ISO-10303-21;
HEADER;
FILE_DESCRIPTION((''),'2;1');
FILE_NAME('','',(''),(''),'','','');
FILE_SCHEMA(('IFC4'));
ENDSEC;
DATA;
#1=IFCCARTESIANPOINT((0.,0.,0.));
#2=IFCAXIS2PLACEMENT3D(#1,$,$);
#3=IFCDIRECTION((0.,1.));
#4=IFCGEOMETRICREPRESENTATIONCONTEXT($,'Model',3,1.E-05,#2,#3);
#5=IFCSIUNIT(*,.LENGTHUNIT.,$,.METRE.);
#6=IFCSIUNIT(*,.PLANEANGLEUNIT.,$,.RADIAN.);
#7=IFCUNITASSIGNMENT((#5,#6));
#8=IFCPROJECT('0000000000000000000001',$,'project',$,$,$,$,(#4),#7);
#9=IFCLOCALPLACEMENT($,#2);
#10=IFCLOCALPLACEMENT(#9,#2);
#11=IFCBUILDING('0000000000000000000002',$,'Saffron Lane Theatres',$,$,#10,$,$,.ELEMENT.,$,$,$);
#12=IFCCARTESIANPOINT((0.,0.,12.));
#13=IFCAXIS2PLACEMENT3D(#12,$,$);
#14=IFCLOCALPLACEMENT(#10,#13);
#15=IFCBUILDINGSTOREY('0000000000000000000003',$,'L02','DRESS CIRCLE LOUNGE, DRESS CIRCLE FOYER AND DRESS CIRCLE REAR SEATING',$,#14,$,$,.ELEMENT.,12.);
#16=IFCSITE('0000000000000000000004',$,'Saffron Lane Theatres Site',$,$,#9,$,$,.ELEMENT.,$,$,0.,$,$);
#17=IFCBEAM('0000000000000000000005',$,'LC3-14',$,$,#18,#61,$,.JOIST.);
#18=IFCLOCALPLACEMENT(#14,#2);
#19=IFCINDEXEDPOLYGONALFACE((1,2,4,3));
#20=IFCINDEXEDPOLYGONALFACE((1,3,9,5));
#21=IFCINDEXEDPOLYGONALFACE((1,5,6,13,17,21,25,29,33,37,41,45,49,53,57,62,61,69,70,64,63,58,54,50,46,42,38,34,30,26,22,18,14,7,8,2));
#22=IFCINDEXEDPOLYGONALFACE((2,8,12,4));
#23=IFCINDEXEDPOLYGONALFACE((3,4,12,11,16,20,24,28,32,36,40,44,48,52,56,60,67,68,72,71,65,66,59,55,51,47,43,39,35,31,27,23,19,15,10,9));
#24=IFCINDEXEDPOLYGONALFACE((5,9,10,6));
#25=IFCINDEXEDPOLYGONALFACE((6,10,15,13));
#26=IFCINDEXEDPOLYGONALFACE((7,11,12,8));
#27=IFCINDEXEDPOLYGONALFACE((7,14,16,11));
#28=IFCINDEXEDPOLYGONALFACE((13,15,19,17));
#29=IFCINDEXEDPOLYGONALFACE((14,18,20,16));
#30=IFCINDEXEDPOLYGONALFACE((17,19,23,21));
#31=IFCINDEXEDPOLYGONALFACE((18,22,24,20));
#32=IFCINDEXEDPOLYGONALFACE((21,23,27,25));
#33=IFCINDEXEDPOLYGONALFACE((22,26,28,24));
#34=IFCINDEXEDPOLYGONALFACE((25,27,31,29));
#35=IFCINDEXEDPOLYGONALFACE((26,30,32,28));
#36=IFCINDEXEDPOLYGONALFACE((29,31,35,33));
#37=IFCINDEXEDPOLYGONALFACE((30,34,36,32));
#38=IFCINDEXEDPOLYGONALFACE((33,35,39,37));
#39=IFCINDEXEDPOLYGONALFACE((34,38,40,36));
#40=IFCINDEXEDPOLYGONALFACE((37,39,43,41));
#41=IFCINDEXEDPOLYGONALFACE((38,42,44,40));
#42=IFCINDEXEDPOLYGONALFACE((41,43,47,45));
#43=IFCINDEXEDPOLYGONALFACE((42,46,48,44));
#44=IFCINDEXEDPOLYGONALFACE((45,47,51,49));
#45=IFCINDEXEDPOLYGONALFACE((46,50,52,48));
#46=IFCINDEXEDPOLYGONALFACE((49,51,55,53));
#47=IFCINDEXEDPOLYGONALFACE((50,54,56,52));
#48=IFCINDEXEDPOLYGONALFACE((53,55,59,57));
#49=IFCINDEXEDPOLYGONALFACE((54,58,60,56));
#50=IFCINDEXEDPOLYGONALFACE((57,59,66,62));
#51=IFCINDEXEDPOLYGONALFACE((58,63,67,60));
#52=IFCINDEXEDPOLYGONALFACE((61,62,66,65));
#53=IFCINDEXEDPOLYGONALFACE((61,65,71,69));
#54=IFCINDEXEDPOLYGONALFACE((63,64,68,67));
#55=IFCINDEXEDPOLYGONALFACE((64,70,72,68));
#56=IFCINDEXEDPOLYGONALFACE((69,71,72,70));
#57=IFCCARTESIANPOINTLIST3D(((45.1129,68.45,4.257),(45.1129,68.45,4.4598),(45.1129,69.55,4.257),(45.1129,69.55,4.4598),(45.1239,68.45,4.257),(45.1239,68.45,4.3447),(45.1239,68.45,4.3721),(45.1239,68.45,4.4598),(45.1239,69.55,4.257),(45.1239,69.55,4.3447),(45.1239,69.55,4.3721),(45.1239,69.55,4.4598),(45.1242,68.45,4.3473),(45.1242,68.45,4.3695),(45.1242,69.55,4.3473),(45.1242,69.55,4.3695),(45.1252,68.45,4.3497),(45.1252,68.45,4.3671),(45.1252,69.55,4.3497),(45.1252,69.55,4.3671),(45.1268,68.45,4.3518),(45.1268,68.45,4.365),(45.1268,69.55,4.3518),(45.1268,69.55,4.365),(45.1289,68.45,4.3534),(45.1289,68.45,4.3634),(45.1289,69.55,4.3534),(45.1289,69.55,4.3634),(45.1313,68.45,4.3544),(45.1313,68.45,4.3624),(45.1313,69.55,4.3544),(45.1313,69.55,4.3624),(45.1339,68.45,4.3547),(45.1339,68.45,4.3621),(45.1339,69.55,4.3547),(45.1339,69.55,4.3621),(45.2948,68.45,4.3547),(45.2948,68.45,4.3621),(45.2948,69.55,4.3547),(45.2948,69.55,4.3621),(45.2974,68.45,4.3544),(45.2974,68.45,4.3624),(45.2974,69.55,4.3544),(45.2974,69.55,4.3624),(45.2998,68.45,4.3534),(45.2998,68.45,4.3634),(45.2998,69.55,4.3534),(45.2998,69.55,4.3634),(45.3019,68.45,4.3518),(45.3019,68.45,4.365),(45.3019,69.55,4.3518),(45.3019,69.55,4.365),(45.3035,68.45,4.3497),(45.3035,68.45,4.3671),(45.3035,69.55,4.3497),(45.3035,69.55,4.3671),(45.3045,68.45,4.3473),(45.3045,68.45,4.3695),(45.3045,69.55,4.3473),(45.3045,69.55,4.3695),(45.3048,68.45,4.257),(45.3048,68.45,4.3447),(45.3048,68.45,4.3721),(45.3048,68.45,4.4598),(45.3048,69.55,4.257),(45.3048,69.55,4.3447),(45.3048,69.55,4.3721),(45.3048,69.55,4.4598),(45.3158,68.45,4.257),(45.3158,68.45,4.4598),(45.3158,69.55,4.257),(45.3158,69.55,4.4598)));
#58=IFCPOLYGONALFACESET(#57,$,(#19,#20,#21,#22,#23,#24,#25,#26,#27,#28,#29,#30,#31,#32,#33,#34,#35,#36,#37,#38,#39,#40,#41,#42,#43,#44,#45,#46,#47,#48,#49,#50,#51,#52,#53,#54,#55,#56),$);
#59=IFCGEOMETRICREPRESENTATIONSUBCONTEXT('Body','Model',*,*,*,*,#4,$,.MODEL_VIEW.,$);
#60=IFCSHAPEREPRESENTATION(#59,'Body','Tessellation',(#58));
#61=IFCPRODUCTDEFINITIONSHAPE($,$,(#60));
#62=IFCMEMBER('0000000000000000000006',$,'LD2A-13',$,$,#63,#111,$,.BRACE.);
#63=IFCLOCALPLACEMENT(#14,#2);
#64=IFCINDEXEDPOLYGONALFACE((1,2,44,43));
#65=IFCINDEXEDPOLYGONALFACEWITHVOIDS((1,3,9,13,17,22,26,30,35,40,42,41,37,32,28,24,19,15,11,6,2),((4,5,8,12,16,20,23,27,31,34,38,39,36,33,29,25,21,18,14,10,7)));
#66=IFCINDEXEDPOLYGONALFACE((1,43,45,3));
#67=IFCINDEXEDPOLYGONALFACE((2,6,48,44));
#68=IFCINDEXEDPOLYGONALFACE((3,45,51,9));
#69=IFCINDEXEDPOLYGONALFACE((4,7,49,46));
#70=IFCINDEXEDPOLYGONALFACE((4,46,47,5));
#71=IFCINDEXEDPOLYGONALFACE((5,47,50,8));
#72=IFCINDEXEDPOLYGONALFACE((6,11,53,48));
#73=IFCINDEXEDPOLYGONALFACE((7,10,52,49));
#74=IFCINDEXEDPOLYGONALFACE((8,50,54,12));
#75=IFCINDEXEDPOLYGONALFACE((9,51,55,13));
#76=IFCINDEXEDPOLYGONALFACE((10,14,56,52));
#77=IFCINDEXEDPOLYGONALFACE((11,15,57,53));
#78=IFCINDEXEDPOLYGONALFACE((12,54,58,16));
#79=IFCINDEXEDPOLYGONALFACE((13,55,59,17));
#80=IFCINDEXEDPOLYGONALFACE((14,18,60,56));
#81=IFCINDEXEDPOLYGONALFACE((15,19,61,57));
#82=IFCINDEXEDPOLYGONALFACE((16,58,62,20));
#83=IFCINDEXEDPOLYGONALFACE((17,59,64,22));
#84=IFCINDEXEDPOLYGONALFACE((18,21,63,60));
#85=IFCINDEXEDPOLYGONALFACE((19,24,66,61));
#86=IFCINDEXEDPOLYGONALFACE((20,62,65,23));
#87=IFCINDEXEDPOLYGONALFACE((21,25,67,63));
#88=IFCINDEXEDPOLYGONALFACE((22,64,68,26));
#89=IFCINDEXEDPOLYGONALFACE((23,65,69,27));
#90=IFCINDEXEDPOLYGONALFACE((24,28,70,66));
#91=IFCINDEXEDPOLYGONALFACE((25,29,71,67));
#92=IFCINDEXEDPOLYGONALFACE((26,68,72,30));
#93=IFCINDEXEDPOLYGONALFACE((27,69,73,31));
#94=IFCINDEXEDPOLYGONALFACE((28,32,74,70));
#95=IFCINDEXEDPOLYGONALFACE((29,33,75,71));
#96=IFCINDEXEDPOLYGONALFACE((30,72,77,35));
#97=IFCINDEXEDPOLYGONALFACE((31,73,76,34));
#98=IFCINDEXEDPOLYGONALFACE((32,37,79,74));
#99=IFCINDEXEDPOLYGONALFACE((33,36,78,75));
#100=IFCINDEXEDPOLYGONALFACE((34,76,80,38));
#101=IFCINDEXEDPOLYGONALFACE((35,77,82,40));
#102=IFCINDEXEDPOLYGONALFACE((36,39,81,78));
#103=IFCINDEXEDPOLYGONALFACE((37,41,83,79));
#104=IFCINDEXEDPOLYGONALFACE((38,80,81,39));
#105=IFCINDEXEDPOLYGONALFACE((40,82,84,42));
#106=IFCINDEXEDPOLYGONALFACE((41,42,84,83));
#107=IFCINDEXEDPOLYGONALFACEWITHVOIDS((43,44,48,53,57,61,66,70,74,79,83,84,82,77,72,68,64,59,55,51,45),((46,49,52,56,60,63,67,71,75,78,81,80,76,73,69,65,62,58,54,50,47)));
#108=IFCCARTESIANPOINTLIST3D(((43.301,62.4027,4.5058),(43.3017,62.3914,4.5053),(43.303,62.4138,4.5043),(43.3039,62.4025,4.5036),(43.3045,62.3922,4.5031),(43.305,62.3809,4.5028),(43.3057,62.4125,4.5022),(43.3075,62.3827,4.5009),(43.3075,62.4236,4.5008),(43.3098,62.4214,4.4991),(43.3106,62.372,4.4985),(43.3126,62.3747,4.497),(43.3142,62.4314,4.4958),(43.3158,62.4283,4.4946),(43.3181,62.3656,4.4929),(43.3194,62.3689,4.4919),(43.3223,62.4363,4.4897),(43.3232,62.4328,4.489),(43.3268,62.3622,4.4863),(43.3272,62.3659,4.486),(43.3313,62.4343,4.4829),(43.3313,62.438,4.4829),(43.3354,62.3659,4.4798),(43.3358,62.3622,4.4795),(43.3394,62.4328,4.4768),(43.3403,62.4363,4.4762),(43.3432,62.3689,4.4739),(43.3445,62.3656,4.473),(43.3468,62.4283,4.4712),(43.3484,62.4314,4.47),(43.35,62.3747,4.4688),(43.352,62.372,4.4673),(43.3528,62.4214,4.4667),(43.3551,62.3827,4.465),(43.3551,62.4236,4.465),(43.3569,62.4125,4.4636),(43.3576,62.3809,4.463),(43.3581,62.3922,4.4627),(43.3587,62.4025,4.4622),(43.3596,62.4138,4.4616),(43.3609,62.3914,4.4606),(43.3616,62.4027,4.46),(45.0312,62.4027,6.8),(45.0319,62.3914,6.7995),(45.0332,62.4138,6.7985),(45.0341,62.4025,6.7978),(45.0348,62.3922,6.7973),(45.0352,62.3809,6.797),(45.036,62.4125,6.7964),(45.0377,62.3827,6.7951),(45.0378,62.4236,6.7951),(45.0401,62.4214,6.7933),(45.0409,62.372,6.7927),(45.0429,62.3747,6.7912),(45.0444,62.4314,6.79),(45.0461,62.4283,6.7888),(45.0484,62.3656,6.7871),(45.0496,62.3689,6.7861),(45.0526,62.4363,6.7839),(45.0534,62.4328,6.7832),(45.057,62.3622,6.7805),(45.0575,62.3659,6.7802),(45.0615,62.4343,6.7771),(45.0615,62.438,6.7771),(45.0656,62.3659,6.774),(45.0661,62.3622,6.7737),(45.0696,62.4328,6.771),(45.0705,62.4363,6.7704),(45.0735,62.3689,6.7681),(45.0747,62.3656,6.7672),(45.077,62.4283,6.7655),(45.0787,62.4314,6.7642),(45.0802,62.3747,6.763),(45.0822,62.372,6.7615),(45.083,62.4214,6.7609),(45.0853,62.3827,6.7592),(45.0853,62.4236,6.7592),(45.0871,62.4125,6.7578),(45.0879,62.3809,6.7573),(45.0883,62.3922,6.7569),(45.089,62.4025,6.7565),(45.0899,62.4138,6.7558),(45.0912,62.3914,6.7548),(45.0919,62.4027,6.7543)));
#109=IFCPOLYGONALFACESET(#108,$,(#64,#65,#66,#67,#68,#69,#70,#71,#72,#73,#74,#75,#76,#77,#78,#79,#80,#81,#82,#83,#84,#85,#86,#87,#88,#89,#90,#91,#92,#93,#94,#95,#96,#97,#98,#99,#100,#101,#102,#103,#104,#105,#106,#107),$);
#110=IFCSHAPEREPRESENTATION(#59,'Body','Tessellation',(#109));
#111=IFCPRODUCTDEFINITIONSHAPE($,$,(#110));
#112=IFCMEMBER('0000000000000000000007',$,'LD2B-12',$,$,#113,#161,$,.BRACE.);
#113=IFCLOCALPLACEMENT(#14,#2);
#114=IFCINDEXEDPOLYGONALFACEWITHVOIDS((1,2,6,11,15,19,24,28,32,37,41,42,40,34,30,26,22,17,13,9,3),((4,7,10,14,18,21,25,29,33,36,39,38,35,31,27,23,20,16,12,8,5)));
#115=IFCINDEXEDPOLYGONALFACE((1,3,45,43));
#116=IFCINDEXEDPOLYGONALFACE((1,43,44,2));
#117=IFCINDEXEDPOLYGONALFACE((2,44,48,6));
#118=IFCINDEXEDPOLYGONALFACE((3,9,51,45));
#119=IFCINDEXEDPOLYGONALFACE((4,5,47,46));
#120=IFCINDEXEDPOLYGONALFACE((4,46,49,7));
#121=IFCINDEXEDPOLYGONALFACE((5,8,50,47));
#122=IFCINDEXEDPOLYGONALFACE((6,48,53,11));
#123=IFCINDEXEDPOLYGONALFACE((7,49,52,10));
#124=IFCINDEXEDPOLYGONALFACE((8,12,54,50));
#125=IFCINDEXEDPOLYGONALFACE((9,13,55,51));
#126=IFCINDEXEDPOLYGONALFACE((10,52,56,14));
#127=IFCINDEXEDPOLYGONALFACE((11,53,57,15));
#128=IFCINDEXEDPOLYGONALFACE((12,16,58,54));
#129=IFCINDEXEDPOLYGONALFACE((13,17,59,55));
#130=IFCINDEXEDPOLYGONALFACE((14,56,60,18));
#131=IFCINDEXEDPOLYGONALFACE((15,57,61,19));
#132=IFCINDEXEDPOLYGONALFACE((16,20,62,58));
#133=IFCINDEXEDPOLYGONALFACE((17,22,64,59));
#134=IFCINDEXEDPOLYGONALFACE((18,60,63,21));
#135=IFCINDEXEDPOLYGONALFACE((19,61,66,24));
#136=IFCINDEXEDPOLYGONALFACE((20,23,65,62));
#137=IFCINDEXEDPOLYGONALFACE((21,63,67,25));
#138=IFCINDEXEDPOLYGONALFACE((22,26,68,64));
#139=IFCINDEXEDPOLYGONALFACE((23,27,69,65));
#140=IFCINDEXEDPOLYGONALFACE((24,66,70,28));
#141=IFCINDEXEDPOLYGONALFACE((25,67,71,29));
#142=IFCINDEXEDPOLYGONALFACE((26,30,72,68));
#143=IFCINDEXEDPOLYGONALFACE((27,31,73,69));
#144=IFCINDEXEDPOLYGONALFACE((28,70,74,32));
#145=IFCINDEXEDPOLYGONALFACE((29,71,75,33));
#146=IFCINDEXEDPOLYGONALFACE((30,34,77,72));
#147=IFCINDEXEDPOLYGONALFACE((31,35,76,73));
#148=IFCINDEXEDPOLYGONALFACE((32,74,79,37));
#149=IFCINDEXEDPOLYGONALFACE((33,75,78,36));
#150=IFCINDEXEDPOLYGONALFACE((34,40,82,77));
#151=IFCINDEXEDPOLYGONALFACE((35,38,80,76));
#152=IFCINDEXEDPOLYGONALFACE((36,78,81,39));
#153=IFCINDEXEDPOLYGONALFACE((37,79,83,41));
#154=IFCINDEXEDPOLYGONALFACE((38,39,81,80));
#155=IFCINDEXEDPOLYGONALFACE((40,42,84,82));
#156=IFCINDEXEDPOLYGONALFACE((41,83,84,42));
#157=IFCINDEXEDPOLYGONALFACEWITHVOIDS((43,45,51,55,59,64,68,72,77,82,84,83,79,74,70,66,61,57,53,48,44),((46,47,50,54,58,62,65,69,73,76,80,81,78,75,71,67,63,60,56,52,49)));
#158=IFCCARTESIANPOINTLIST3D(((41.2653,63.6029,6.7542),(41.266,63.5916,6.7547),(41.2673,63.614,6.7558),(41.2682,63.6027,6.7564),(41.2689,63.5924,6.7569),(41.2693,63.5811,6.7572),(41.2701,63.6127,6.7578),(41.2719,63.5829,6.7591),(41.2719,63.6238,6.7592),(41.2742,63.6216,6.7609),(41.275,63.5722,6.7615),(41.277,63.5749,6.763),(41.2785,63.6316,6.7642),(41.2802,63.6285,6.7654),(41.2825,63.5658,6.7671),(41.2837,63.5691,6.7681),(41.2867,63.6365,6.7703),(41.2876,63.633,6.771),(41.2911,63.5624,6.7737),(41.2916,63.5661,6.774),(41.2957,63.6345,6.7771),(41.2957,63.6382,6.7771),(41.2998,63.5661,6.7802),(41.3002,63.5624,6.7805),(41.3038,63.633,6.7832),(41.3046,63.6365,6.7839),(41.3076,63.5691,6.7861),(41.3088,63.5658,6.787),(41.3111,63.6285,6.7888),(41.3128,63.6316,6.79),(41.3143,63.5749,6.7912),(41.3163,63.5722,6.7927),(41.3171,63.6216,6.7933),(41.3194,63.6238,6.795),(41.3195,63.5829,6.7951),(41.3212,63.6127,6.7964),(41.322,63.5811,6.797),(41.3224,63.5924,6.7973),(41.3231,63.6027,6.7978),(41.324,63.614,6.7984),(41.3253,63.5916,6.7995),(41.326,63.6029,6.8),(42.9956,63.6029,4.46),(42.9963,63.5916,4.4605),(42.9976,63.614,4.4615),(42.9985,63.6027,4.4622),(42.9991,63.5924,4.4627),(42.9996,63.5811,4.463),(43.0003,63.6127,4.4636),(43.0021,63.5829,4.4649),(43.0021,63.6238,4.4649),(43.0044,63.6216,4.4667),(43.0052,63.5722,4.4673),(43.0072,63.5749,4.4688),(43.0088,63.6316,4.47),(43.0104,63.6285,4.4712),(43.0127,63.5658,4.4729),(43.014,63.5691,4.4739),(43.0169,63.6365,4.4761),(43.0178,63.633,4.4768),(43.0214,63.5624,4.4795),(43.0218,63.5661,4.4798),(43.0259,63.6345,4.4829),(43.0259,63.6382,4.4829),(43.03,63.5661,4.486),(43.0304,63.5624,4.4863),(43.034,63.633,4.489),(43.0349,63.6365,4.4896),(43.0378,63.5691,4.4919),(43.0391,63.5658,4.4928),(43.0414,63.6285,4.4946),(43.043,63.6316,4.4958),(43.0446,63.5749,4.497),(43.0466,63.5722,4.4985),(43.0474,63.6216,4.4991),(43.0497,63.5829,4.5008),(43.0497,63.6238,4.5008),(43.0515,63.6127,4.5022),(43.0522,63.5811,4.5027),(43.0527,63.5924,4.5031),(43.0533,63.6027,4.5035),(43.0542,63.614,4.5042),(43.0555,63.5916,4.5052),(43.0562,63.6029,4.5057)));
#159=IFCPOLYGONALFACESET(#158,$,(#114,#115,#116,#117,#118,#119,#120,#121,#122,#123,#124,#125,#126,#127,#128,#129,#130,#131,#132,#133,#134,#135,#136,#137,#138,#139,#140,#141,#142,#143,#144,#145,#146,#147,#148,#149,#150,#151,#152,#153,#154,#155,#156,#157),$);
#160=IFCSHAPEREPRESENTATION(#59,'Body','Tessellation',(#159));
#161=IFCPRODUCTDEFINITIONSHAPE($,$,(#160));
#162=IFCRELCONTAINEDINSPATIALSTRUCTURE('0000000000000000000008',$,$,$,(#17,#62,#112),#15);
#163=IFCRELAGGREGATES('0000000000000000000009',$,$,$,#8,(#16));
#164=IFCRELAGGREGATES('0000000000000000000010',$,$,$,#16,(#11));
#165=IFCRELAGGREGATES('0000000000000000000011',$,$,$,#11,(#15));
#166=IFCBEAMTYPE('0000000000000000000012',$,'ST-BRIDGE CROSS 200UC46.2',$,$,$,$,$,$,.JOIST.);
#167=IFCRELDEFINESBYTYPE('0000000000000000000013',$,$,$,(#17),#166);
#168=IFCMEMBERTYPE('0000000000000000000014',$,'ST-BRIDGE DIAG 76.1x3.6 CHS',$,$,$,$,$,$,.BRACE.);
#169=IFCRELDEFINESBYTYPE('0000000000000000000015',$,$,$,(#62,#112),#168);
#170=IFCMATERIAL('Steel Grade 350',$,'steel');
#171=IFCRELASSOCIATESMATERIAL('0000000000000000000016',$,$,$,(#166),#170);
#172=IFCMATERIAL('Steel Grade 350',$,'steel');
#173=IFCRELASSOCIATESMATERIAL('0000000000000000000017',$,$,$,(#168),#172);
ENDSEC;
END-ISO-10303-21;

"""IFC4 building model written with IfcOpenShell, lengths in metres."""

from ifc_helpers import new_model, si_unit, direction, frame, origin, origin_2d, place, context, subcontext, project, spatial, hollow_circle, i_section, extrude, material, material_profile, profile_set, type_object, element, save


model = new_model("IFC4")

# Units and contexts
model_context = context("Model", 3, precision=1e-05, world=origin(), true_north=direction((0.0, 1.0)))
body_context = subcontext(model_context, "Body", "Model", "MODEL_VIEW")
ifc_project = project(units=[si_unit("LENGTHUNIT", "METRE"), si_unit("PLANEANGLEUNIT", "RADIAN")], contexts=[model_context])

# Site, building, storey
site_placement = place(None, origin())
site = spatial("IfcSite", under=ifc_project, at=site_placement, Name="Saffron Lane Theatres Site", CompositionType="ELEMENT", RefElevation=0.0)
building_placement = place(site_placement, origin())
building = spatial("IfcBuilding", under=site, at=building_placement, Name="Saffron Lane Theatres", CompositionType="ELEMENT")
storey_placement = place(building_placement, frame((0.0, 0.0, 12.0)))
storey = spatial("IfcBuildingStorey", under=building, at=storey_placement, Name="L02", Description="DRESS CIRCLE LOUNGE, DRESS CIRCLE FOYER AND DRESS CIRCLE REAR SEATING", CompositionType="ELEMENT", Elevation=12.0)

# Beam
ifc_material_1 = material(Name="Steel Grade 350", Category="steel")
ifc_material_profile_1 = material_profile(ifc_material_1, i_section(OverallWidth=0.2029, OverallDepth=0.2029, WebThickness=0.0073, FlangeThickness=0.011, FilletRadius=0.01, at=origin_2d()))
ifc_profile_set_1 = profile_set([ifc_material_profile_1], Name="Steel Grade 350")
beam_type_1 = type_object("IfcBeamType", Name="ST-BRIDGE CROSS 200UC46.2", PredefinedType="JOIST", material=ifc_profile_set_1)
for number, where, z_axis, x_axis, name in (
    (1, (45.2144, 68.45, 4.3584), (0.0, 1.0, 0.0), (0.0, 0.0, 1.0), "LC3-14"),
):
    element("IfcBeam", number, at=place(storey_placement, frame(where, z_axis=z_axis, x_axis=x_axis)), inside=storey, type_object=beam_type_1, Name=name, PredefinedType="JOIST", context=body_context, shape_type="SweptSolid", body=[
        extrude(i_section(OverallWidth=0.2029, OverallDepth=0.2029, WebThickness=0.0073, FlangeThickness=0.011, FilletRadius=0.01, at=origin_2d()), origin(), (0.0, 0.0, 1.0), 1.1001),
    ])

# Members
ifc_material_2 = material(Name="Steel Grade 350", Category="steel")
ifc_material_profile_2 = material_profile(ifc_material_2, hollow_circle(Radius=0.0381, WallThickness=0.0037, at=origin_2d()))
ifc_profile_set_2 = profile_set([ifc_material_profile_2], Name="Steel Grade 350")
member_type = type_object("IfcMemberType", Name="ST-BRIDGE DIAG 76.1x3.6 CHS", PredefinedType="BRACE", material=ifc_profile_set_2)
for number, where, z_axis, x_axis, name in (
    (2, (43.3313, 62.3999, 4.4829), (0.602132, 0.0, 0.798396), (0.0, 1.0, 0.0), "LD2A-13"),
    (3, (41.2957, 63.6001, 6.7771), (0.602132, 0.0, -0.798396), (0.0, 1.0, 0.0), "LD2B-12"),
):
    element("IfcMember", number, at=place(storey_placement, frame(where, z_axis=z_axis, x_axis=x_axis)), inside=storey, type_object=member_type, Name=name, PredefinedType="BRACE", context=body_context, shape_type="SweptSolid", body=[
        extrude(hollow_circle(Radius=0.0381, WallThickness=0.0037, at=origin_2d()), origin(), (0.0, 0.0, 1.0), 2.8735),
    ])

save(model, "model.ifc")
